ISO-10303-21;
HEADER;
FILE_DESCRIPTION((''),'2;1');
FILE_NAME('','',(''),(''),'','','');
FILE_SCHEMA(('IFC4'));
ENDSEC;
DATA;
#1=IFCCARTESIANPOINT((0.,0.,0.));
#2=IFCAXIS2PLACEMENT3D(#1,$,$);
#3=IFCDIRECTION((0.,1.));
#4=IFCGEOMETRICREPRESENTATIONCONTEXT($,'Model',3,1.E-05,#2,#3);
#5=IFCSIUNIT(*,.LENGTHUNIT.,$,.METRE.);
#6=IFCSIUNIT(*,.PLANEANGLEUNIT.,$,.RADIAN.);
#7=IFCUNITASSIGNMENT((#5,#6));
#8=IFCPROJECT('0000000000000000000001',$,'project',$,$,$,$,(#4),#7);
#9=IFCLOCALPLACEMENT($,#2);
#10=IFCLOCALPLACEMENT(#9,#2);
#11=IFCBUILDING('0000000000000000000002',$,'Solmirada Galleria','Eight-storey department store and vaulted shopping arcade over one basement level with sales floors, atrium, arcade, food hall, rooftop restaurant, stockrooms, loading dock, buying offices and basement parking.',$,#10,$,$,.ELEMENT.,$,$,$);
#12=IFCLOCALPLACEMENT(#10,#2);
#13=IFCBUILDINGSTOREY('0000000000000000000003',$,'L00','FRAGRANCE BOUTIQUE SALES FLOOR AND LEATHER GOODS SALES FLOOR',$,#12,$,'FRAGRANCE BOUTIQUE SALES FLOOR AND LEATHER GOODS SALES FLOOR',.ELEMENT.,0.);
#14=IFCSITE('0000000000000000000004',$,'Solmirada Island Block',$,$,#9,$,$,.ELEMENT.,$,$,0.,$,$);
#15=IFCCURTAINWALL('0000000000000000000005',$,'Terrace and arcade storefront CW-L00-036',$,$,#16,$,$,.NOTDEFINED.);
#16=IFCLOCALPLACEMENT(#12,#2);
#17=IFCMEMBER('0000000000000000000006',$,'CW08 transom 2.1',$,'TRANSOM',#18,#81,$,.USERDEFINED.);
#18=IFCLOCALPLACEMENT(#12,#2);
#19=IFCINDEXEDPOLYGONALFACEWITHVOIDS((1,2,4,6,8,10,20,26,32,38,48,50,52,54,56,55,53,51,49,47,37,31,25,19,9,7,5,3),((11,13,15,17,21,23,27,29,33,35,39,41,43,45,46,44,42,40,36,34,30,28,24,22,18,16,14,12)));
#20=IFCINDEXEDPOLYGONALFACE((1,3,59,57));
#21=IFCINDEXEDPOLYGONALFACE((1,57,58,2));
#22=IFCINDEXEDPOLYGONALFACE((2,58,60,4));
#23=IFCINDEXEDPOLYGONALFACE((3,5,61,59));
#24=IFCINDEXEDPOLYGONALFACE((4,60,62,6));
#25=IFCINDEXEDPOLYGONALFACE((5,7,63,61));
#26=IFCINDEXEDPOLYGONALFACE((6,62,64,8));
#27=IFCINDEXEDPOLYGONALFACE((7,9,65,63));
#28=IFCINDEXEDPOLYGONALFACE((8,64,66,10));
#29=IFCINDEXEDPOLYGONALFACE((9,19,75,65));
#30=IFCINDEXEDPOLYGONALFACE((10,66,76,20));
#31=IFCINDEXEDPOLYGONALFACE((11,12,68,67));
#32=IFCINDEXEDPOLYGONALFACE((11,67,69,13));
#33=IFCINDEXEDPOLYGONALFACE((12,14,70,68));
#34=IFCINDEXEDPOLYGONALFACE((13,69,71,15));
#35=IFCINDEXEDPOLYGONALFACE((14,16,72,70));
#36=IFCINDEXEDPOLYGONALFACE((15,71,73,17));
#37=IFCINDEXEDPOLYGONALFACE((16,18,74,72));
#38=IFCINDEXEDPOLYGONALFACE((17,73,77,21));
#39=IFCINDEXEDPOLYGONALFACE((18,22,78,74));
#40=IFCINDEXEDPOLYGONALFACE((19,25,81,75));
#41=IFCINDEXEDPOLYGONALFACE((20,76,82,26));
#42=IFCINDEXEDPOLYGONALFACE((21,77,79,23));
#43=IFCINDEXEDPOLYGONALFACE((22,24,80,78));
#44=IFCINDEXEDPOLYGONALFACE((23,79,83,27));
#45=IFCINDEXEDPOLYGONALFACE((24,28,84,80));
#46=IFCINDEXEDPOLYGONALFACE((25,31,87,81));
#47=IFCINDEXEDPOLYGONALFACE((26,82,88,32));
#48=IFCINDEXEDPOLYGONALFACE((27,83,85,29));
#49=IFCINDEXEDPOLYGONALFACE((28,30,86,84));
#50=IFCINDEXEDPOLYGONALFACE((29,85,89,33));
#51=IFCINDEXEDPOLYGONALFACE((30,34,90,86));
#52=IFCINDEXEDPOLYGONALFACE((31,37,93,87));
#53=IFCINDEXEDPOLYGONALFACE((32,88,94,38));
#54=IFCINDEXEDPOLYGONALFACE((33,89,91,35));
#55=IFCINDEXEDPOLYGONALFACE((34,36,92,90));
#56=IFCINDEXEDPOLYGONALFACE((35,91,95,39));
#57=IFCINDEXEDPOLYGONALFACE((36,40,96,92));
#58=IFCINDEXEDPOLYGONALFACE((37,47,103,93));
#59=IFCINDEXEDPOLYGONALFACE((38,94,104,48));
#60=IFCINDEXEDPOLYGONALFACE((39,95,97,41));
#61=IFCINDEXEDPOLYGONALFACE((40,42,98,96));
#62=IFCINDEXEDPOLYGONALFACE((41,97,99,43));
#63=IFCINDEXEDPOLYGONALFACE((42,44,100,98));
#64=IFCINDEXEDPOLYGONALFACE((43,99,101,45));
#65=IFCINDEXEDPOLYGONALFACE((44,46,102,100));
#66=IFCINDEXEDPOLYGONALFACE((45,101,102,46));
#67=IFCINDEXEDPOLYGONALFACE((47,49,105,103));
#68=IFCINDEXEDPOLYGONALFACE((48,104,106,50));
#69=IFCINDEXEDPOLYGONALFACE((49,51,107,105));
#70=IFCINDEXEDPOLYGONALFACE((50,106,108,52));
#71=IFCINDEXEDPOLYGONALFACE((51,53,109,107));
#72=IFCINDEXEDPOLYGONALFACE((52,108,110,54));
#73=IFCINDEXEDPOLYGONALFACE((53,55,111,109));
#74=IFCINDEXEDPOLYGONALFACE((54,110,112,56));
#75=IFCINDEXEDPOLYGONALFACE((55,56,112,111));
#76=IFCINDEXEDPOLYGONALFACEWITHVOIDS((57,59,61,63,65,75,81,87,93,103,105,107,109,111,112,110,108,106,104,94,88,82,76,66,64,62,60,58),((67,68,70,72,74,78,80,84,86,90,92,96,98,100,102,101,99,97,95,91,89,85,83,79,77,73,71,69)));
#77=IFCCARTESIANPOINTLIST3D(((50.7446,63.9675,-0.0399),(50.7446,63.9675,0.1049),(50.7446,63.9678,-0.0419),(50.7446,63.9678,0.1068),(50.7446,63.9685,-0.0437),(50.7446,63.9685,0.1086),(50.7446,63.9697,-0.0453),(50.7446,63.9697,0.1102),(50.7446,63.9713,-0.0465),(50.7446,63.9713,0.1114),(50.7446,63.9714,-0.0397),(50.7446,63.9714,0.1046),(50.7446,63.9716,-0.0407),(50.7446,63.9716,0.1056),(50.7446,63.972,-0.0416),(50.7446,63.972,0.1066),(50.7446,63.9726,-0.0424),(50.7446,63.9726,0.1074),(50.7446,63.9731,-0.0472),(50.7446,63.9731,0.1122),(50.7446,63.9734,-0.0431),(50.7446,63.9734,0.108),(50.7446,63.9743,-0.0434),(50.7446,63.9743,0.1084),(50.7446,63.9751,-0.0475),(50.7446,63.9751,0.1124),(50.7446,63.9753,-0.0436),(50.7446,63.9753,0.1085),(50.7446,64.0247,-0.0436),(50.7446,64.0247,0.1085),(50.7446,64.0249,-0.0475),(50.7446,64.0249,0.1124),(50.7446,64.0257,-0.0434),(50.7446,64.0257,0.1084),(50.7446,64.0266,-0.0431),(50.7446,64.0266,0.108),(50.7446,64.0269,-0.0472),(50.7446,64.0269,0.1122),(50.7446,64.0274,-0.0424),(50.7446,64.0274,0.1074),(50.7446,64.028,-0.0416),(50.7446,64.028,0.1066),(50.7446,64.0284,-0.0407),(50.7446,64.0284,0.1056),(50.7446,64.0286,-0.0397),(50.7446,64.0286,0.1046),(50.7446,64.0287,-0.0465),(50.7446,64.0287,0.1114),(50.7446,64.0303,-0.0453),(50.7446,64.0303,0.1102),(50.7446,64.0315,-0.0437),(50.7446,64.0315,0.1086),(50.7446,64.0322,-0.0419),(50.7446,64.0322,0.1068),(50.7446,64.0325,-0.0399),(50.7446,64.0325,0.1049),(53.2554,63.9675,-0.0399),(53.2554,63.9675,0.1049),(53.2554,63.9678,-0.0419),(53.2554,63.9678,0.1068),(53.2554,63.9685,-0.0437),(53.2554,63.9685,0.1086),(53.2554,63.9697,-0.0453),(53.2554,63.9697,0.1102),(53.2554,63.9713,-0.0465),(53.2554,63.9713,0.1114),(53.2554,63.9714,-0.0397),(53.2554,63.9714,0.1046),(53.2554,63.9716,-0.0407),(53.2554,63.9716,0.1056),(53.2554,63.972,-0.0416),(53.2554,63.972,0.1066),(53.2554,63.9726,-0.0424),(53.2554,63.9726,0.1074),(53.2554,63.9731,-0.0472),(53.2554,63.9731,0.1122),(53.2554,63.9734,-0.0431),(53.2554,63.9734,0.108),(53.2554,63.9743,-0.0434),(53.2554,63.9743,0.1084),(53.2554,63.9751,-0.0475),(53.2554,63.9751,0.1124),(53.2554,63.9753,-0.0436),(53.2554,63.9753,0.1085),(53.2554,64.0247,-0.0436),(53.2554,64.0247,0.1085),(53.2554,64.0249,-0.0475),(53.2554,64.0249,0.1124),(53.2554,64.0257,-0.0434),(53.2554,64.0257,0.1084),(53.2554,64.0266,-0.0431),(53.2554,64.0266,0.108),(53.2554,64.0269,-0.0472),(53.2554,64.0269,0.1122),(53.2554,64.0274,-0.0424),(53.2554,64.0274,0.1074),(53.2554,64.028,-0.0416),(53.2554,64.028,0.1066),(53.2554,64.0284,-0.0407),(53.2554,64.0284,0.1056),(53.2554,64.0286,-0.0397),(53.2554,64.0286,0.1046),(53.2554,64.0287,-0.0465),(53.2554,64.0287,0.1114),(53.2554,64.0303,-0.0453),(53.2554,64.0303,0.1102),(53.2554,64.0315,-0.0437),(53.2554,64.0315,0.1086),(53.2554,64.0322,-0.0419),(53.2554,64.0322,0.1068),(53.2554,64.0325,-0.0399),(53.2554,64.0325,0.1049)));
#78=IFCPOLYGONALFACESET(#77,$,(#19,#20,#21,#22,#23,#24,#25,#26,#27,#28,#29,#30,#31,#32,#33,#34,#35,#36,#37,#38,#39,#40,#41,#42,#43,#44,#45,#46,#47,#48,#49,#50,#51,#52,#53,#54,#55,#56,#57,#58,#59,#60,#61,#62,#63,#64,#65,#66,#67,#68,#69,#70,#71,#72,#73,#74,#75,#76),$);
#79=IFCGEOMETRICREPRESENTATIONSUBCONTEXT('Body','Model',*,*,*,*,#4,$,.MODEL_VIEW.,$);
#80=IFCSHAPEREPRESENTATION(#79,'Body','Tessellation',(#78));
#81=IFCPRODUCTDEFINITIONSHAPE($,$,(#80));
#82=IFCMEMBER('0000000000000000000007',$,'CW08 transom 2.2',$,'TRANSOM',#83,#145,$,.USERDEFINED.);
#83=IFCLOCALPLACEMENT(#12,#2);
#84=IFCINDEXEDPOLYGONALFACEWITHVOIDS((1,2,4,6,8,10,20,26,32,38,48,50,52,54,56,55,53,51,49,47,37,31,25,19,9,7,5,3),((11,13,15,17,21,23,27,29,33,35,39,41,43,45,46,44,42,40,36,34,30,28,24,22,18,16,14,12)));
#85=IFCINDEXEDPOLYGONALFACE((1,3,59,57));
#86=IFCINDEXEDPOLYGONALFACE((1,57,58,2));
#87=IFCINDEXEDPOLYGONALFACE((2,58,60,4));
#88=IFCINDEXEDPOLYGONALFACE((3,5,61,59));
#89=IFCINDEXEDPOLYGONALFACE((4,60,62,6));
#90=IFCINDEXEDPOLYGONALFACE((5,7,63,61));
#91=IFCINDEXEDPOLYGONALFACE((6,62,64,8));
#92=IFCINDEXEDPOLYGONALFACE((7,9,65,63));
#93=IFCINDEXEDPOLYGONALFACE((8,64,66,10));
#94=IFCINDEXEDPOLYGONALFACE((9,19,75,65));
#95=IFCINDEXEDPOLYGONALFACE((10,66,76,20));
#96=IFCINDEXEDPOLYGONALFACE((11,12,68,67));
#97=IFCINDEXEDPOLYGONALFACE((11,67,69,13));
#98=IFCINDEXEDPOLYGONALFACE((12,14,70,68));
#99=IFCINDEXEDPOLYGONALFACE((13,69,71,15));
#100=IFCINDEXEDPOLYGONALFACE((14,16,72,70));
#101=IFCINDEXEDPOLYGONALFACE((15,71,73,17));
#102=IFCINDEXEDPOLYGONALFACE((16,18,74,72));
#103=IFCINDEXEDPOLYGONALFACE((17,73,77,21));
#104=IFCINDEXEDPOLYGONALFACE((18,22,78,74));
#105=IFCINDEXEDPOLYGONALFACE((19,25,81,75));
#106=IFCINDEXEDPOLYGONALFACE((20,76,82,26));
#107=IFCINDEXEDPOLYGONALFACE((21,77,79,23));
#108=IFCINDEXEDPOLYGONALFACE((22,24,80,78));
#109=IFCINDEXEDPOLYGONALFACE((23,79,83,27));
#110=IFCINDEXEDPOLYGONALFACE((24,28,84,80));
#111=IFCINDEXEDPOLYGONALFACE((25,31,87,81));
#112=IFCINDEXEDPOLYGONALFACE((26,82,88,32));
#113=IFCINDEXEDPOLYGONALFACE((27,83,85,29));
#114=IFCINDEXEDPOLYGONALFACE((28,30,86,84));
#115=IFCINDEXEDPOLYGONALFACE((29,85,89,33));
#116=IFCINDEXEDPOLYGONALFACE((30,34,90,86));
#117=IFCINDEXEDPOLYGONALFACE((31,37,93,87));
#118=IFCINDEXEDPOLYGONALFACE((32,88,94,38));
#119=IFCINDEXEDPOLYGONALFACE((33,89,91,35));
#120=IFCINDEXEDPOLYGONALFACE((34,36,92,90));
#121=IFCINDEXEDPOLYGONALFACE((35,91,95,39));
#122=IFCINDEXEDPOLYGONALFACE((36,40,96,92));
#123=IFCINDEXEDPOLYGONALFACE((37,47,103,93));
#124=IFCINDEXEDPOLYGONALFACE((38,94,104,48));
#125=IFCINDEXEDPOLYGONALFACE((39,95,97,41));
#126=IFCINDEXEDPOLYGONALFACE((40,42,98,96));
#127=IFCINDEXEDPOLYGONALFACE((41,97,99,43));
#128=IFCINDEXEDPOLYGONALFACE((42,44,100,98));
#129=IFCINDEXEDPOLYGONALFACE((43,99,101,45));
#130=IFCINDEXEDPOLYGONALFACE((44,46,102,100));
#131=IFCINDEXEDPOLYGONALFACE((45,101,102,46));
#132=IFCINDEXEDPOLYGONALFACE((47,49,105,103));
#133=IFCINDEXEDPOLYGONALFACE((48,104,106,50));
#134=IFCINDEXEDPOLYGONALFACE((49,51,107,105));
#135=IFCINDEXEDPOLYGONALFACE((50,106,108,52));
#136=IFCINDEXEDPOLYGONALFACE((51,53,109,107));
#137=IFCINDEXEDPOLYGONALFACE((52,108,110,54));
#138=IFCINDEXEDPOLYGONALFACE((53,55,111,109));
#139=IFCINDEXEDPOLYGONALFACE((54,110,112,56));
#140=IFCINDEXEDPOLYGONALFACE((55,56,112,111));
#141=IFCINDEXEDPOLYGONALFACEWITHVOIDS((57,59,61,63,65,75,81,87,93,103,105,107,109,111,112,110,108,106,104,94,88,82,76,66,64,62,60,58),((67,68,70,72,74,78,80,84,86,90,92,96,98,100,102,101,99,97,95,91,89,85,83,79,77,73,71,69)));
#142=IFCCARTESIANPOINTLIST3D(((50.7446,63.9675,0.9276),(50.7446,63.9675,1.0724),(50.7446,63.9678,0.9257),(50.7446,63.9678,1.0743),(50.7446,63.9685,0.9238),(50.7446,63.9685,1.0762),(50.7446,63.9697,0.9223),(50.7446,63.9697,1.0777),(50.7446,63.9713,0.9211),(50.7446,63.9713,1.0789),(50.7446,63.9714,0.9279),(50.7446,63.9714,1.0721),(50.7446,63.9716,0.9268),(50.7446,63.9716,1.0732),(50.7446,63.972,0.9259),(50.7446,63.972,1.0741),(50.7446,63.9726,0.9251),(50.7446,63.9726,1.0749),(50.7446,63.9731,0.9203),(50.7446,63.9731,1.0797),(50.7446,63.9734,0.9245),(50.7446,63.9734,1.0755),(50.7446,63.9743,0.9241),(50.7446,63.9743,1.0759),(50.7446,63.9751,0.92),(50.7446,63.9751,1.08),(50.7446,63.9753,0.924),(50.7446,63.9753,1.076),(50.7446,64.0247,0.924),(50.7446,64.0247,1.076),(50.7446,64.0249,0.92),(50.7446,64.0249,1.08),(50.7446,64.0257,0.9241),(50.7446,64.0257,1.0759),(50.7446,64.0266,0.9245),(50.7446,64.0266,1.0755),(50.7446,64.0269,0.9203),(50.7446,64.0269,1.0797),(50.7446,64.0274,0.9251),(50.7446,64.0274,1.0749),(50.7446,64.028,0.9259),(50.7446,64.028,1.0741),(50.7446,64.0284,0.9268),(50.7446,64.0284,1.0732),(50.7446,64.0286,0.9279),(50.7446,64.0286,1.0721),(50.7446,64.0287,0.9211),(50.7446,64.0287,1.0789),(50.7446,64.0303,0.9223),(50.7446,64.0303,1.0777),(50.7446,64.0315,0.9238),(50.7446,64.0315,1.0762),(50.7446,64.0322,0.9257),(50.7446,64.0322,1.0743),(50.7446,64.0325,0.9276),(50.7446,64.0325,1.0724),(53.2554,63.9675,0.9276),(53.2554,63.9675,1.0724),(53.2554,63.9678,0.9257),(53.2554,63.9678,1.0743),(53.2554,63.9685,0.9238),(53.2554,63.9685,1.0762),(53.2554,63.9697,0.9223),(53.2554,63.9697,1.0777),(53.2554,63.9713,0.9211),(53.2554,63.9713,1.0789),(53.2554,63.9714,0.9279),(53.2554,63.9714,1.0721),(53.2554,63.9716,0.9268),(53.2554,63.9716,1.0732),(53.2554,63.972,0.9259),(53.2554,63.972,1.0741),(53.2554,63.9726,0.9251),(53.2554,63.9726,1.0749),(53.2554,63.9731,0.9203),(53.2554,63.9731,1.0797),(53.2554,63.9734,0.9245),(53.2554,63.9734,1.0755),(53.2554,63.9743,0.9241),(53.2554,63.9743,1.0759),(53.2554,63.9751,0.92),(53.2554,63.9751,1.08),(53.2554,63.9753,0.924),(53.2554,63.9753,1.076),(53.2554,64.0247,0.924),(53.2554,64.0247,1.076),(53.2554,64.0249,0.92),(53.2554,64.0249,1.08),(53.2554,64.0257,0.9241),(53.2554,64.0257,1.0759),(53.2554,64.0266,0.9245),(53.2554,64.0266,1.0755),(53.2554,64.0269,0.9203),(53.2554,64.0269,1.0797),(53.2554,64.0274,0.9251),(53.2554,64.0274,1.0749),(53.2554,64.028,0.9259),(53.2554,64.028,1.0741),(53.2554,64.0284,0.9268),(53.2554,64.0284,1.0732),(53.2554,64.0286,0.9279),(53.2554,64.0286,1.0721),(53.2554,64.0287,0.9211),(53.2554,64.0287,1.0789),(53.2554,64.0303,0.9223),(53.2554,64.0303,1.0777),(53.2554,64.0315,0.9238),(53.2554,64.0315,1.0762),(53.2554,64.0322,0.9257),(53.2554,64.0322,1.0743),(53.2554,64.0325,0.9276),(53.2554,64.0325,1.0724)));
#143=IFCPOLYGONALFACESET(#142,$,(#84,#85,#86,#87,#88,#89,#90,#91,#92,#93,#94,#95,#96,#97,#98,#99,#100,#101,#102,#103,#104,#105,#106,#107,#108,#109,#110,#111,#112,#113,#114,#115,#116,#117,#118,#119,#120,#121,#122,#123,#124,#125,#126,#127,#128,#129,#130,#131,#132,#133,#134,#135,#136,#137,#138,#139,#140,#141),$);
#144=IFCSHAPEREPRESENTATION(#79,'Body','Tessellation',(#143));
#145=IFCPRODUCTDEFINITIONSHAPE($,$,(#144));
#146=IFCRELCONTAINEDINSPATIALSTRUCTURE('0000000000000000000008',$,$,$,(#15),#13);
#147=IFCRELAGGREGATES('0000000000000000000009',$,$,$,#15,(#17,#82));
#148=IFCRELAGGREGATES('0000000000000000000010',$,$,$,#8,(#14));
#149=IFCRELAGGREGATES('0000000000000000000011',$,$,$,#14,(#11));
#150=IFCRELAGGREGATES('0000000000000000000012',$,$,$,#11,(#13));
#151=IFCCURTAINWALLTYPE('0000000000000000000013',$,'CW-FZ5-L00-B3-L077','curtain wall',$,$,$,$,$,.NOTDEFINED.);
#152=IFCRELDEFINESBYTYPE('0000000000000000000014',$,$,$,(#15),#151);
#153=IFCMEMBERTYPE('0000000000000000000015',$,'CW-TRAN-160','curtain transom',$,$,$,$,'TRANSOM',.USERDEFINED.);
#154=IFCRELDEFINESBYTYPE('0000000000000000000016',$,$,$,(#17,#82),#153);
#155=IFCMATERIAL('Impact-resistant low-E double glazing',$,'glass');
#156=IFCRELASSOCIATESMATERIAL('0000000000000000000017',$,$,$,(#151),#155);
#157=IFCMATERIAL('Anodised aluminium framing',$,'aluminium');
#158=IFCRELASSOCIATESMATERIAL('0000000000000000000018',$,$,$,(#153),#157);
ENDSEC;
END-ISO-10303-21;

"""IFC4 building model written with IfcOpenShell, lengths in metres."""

from ifc_helpers import new_model, si_unit, direction, frame, origin, origin_2d, place, context, subcontext, project, spatial, hollow_rectangle, extrude, material, material_profile, profile_set, type_object, element, aggregate, save


model = new_model("IFC4")

# Units and contexts
model_context = context("Model", 3, precision=1e-05, world=origin(), true_north=direction((0.0, 1.0)))
body_context = subcontext(model_context, "Body", "Model", "MODEL_VIEW")
ifc_project = project(units=[si_unit("LENGTHUNIT", "METRE"), si_unit("PLANEANGLEUNIT", "RADIAN")], contexts=[model_context])

# Site, building, storey
site_placement = place(None, origin())
site = spatial("IfcSite", under=ifc_project, at=site_placement, Name="Solmirada Island Block", CompositionType="ELEMENT", RefElevation=0.0)
building_placement = place(site_placement, origin())
building = spatial("IfcBuilding", under=site, at=building_placement, Name="Solmirada Galleria", Description="Eight-storey department store and vaulted shopping arcade over one basement level with sales floors, atrium, arcade, food hall, rooftop restaurant, stockrooms, loading dock, buying offices and basement parking.", CompositionType="ELEMENT")
storey_placement = place(building_placement, origin())
storey = spatial("IfcBuildingStorey", under=building, at=storey_placement, Name="L00", Description="FRAGRANCE BOUTIQUE SALES FLOOR AND LEATHER GOODS SALES FLOOR", LongName="FRAGRANCE BOUTIQUE SALES FLOOR AND LEATHER GOODS SALES FLOOR", CompositionType="ELEMENT", Elevation=0.0)

# Curtain wall
ifc_material_1 = material(Name="Impact-resistant low-E double glazing", Category="glass")
ifc_material_2 = material(Name="Anodised aluminium framing", Category="aluminium")
curtain_wall_type_1 = type_object("IfcCurtainWallType", Name="CW-FZ5-L00-B3-L077", Description="curtain wall", PredefinedType="NOTDEFINED", material=ifc_material_1)
curtain_wall_1_placement = place(storey_placement, origin())
curtain_wall_1 = element("IfcCurtainWall", 1, at=curtain_wall_1_placement, inside=storey, type_object=curtain_wall_type_1, Name="Terrace and arcade storefront CW-L00-036", PredefinedType="NOTDEFINED")

# Members
ifc_material_profile_1 = material_profile(ifc_material_2, hollow_rectangle(XDim=0.0649, YDim=0.1599, WallThickness=0.0039, InnerFilletRadius=0.0039, OuterFilletRadius=0.0076, at=origin_2d()), Name="ALU-TRAN-160X65")
ifc_profile_set_1 = profile_set([ifc_material_profile_1], Name="Anodised aluminium framing")
member_type_1 = type_object("IfcMemberType", Name="CW-TRAN-160", Description="curtain transom", ElementType="TRANSOM", PredefinedType="USERDEFINED", material=ifc_profile_set_1)
member_1_placement = place(storey_placement, frame((50.7446, 64.0, 0.0325), z_axis=(1.0, 0.0, 0.0), x_axis=(0.0, 1.0, 0.0)))
member_1 = element("IfcMember", 2, at=member_1_placement, type_object=member_type_1, Name="CW08 transom 2.1", ObjectType="TRANSOM", PredefinedType="USERDEFINED", context=body_context, shape_type="SweptSolid", body=[
    extrude(hollow_rectangle(XDim=0.0649, YDim=0.1599, WallThickness=0.0039, InnerFilletRadius=0.0039, OuterFilletRadius=0.0076, at=origin_2d()), origin(), (0.0, 0.0, 1.0), 2.5107),
])
member_2_placement = place(storey_placement, frame((50.7446, 64.0, 1.0), z_axis=(1.0, 0.0, 0.0), x_axis=(0.0, 1.0, 0.0)))
member_2 = element("IfcMember", 3, at=member_2_placement, type_object=member_type_1, Name="CW08 transom 2.2", ObjectType="TRANSOM", PredefinedType="USERDEFINED", context=body_context, shape_type="SweptSolid", body=[
    extrude(hollow_rectangle(XDim=0.0649, YDim=0.1599, WallThickness=0.0039, InnerFilletRadius=0.0039, OuterFilletRadius=0.0076, at=origin_2d()), origin(), (0.0, 0.0, 1.0), 2.5107),
])

aggregate(curtain_wall_1, [member_1, member_2])

save(model, "model.ifc")
